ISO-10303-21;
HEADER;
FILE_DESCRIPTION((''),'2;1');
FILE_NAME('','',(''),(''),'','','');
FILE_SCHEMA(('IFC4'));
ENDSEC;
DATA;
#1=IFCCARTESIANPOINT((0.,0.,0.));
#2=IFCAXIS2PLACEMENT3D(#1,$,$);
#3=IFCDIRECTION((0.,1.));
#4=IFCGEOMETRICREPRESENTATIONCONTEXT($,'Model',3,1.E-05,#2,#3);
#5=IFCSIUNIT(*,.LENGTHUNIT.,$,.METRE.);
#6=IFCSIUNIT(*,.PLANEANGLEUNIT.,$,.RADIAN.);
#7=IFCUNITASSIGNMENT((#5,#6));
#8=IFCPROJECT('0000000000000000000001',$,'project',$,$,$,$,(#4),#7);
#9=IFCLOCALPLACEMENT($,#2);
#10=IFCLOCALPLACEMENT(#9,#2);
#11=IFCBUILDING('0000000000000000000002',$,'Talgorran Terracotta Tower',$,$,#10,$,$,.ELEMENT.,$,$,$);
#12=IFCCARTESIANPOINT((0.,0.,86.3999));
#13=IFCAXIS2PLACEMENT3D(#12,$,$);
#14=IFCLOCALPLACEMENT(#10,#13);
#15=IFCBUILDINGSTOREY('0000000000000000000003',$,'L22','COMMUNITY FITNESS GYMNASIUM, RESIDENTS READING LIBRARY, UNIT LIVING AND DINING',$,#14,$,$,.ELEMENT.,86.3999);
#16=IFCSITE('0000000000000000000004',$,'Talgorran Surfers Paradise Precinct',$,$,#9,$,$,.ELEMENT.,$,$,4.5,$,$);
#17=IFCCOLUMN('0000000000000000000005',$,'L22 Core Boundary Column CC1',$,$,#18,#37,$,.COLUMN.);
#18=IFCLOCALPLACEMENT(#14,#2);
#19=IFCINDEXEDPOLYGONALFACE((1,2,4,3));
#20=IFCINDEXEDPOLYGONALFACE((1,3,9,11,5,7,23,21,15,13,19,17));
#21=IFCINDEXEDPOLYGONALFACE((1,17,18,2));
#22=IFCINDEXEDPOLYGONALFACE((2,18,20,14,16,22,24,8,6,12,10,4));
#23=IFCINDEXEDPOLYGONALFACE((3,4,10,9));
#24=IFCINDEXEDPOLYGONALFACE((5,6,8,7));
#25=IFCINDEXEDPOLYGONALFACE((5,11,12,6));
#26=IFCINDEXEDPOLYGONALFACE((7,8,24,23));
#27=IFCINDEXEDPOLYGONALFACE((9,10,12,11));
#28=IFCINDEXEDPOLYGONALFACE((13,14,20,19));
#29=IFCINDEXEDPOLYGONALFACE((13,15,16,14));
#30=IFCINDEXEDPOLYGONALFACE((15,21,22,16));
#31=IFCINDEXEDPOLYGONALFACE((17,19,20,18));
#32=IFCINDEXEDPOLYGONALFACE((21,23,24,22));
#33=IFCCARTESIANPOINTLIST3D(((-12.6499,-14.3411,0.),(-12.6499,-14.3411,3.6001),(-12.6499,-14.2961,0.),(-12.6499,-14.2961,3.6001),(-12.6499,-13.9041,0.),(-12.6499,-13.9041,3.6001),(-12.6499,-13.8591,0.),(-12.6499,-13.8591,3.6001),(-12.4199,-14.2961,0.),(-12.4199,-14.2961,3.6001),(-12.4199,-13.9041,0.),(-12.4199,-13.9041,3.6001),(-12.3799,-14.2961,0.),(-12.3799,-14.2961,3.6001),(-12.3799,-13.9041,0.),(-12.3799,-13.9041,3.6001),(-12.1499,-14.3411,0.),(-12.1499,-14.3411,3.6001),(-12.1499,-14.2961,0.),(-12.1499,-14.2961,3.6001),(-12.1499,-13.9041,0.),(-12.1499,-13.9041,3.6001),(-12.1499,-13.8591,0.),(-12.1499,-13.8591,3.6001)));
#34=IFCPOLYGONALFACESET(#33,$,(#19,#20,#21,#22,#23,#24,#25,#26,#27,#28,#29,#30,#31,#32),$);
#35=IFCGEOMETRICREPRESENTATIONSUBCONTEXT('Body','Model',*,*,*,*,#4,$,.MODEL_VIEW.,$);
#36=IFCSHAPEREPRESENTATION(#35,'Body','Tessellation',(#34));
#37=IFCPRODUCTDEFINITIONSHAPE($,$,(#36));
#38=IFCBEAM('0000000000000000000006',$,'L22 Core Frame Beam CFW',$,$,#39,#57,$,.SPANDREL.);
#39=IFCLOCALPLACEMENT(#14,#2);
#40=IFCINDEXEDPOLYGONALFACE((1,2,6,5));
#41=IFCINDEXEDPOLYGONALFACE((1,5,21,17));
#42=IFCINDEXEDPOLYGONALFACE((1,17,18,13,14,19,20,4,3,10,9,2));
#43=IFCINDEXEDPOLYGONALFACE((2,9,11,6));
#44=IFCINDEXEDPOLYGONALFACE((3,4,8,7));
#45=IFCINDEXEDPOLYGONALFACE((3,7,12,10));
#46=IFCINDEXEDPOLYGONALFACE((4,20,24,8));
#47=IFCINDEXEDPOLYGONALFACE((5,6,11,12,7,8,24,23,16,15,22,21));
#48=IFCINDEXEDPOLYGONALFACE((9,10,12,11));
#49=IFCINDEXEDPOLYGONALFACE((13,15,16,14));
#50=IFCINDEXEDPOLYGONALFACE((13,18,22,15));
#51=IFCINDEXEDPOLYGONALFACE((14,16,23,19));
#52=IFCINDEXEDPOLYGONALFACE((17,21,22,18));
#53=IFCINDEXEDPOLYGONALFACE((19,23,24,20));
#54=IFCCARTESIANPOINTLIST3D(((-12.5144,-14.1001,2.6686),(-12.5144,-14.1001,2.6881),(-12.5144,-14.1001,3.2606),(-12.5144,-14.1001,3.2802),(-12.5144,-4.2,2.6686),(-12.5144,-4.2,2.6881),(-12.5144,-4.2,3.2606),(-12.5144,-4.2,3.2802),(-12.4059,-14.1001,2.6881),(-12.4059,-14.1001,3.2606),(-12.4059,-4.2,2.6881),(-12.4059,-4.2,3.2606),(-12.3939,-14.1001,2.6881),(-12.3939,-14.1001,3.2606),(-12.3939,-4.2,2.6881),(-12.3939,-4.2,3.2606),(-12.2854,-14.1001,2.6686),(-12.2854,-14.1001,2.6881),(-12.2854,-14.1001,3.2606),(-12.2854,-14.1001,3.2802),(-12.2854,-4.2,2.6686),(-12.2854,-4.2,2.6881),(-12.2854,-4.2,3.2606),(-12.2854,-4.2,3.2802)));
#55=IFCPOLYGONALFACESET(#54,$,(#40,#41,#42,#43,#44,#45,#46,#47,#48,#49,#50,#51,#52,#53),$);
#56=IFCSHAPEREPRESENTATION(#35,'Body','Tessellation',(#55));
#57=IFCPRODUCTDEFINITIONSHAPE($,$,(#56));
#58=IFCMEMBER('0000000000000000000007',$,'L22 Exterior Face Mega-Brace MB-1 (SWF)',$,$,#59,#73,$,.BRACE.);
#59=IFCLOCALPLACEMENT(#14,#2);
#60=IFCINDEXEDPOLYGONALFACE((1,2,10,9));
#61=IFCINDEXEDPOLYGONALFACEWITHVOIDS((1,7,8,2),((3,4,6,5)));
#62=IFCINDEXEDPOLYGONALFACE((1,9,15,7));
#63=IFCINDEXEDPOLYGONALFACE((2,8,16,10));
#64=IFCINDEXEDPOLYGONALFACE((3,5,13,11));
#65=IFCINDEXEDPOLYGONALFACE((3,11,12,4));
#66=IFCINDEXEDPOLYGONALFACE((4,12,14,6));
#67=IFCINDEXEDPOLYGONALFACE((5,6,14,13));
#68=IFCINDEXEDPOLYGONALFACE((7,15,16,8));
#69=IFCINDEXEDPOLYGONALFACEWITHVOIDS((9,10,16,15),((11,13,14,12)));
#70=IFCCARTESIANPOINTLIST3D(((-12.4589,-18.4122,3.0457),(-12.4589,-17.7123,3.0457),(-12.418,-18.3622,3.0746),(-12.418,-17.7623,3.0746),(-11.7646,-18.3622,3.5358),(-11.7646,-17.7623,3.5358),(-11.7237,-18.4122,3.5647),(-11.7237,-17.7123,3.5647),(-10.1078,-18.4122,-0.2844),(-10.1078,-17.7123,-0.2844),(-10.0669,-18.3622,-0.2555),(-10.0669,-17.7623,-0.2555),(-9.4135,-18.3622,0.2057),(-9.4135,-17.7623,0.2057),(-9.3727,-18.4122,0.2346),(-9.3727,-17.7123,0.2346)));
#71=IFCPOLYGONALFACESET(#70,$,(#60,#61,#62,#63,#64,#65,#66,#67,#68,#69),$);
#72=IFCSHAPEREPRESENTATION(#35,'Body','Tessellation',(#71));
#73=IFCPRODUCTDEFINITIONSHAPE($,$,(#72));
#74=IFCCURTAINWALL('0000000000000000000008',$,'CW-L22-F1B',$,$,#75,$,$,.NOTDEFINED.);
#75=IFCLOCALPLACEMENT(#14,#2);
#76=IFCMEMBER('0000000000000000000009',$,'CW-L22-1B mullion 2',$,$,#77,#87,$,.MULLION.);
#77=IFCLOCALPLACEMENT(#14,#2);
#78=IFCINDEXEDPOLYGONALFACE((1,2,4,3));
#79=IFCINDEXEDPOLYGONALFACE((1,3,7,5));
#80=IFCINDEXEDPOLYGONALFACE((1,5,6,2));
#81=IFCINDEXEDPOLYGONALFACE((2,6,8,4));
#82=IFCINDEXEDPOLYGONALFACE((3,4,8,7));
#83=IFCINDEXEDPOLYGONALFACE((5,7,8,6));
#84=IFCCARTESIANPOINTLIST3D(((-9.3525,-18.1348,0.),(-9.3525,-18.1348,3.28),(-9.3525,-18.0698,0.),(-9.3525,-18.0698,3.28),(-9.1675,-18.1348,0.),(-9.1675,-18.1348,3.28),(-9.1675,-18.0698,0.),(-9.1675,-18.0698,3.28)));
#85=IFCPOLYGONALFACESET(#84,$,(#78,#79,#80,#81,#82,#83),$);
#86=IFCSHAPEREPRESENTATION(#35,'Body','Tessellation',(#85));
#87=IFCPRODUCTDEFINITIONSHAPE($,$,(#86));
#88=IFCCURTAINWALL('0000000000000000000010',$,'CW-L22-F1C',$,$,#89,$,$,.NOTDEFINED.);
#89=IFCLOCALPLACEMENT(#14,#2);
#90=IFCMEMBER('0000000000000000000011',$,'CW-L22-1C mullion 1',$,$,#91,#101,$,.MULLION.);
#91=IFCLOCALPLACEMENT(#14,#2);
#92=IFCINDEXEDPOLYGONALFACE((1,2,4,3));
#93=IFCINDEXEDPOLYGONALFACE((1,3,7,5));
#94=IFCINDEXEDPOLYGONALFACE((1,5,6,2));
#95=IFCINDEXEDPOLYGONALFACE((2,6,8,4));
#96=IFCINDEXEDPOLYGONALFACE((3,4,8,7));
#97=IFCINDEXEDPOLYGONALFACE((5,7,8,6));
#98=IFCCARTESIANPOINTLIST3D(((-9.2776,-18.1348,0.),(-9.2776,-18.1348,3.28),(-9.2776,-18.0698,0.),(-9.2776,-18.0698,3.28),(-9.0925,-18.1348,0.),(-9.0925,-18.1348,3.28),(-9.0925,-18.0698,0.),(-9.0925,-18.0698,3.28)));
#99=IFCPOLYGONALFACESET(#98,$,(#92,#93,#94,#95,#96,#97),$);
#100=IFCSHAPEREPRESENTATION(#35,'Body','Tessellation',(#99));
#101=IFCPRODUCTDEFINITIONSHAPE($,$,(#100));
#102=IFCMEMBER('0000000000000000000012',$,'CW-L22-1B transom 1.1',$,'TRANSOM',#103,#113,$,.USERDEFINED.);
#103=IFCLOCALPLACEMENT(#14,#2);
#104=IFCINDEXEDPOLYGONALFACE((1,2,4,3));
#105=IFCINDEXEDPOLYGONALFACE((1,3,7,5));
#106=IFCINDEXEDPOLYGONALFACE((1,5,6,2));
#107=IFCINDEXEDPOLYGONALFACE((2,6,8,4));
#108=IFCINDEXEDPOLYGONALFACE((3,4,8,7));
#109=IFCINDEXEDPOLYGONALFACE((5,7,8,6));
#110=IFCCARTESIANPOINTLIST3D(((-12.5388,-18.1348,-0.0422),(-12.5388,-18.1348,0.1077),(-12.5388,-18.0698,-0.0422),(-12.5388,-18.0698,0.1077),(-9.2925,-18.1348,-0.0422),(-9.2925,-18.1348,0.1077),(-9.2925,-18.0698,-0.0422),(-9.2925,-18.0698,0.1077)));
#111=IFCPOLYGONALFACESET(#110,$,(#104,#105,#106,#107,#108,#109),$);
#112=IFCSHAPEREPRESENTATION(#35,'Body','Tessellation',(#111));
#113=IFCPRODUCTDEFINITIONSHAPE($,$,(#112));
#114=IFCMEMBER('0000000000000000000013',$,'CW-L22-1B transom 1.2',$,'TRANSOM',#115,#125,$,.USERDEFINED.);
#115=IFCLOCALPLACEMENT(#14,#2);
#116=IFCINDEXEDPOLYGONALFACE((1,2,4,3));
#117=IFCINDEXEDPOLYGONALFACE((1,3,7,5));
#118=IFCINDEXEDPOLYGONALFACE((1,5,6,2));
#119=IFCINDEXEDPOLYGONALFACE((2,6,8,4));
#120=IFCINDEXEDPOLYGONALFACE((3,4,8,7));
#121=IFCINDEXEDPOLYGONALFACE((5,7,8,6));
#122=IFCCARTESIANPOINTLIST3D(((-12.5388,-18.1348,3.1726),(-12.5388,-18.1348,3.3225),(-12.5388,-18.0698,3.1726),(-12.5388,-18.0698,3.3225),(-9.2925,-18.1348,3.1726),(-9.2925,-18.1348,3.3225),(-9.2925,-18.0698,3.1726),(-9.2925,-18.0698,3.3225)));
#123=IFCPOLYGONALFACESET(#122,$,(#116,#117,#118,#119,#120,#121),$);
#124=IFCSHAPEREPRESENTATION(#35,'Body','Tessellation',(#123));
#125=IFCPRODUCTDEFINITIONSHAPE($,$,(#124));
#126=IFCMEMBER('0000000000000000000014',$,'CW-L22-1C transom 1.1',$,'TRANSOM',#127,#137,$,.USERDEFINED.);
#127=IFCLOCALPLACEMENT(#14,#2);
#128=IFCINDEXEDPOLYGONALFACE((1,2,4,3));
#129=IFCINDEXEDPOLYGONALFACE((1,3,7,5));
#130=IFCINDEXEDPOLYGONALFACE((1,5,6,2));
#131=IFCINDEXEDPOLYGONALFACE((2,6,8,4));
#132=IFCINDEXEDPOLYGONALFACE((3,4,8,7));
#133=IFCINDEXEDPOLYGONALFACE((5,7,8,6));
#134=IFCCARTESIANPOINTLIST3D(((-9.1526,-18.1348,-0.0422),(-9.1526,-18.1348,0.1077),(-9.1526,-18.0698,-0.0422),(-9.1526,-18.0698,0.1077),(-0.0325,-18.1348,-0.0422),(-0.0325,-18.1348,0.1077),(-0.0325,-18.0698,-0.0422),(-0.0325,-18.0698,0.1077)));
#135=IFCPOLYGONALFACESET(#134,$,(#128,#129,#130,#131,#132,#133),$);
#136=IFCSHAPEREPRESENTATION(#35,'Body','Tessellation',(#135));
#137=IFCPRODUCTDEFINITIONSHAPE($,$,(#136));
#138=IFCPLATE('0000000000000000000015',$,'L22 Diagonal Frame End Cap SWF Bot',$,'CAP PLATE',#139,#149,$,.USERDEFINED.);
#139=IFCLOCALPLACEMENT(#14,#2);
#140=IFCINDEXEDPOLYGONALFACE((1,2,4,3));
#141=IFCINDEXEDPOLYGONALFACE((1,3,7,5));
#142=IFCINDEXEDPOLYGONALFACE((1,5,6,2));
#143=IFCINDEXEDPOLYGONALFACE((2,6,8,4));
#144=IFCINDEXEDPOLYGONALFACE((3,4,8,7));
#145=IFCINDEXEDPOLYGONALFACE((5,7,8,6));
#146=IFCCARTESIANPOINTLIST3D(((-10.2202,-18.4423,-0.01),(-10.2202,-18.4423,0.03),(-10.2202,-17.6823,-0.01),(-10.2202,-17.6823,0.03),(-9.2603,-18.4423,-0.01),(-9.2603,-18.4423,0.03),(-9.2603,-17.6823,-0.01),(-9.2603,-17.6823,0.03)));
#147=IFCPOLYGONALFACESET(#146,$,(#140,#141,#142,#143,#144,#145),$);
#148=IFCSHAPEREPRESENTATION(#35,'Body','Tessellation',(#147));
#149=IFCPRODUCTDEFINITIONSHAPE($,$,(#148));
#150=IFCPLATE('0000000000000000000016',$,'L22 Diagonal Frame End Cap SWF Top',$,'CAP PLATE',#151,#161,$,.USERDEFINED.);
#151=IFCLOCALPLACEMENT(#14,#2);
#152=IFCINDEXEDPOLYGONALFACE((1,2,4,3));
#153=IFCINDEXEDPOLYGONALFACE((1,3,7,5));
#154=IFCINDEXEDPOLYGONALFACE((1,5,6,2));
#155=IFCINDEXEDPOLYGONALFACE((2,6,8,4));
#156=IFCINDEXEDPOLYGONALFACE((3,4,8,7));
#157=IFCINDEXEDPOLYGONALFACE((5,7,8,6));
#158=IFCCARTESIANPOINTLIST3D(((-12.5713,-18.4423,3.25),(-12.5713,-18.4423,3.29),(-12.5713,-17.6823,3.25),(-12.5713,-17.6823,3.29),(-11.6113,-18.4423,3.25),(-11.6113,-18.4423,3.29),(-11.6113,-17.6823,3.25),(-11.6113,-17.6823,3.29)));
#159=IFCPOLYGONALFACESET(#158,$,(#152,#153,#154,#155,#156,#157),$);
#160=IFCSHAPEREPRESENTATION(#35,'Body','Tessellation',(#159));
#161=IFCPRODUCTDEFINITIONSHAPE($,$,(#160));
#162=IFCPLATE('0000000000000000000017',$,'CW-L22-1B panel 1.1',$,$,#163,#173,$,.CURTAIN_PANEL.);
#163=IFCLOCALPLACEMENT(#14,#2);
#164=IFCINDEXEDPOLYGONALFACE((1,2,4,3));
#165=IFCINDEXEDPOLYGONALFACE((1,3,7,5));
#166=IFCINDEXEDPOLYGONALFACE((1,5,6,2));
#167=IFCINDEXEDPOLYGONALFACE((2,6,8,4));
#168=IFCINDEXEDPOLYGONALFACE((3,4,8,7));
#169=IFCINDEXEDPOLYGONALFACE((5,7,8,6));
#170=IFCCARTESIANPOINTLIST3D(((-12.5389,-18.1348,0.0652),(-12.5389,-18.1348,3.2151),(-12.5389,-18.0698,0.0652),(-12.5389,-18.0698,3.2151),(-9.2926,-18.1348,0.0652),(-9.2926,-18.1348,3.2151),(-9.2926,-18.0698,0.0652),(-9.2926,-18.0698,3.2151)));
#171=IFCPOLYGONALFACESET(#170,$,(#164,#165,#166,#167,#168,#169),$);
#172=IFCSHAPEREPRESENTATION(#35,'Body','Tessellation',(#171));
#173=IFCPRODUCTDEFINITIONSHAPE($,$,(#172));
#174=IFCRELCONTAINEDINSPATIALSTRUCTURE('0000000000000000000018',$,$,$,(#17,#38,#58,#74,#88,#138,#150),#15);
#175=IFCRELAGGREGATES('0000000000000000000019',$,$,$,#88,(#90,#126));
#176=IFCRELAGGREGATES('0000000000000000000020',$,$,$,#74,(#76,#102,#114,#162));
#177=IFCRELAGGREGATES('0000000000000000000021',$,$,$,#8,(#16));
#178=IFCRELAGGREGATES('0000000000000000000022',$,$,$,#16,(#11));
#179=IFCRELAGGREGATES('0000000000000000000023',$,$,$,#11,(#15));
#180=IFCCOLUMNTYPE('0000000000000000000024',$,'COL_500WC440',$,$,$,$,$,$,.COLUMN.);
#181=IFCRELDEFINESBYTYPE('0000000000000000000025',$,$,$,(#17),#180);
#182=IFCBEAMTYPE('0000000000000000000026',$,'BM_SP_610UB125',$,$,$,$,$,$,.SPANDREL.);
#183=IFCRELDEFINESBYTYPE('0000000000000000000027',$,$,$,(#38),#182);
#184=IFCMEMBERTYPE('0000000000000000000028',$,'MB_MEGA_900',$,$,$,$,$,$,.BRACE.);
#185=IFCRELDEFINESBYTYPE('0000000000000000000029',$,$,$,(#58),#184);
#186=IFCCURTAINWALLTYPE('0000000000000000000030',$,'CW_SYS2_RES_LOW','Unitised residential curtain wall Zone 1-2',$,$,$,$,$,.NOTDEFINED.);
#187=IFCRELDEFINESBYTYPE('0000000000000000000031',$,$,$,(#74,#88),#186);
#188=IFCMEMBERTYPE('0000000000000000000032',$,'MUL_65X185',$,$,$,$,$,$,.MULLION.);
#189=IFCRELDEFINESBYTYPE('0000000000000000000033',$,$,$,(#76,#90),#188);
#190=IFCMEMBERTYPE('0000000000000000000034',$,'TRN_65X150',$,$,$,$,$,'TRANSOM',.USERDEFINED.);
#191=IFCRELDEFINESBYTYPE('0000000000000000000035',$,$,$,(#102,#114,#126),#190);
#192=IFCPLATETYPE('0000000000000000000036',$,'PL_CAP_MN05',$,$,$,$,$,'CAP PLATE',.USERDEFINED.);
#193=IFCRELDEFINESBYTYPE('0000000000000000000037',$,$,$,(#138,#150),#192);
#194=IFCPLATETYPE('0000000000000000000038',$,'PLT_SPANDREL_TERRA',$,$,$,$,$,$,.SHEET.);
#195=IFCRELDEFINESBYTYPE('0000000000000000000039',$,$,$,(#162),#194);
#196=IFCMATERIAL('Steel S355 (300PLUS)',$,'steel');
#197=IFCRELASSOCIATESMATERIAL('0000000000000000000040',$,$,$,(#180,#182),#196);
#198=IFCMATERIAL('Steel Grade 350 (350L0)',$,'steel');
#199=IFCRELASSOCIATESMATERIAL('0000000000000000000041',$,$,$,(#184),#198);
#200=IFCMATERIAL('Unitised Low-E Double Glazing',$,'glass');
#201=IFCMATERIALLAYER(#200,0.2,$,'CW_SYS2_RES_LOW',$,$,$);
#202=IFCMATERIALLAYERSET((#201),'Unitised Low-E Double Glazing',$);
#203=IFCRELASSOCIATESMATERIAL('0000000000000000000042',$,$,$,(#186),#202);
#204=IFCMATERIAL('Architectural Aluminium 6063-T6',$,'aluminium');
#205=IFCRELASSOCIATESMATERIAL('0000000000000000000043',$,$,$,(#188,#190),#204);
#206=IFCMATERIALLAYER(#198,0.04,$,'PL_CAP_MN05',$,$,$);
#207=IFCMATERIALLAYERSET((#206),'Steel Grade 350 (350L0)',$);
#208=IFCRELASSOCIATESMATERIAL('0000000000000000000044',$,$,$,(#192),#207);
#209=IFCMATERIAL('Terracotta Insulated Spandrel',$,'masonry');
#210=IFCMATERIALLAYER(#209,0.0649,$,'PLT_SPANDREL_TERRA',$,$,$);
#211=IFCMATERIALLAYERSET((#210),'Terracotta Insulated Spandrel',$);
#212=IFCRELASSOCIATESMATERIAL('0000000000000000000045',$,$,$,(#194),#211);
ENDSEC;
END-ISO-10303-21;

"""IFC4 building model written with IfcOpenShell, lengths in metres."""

from ifc_helpers import new_model, si_unit, direction, frame, origin, origin_2d, place, context, subcontext, project, spatial, rectangle, hollow_rectangle, i_section, extrude, source, transform, mapped, material, layer, layer_set, material_profile, profile_set, type_object, type_shapes, element, aggregate, save


model = new_model("IFC4")

# Units and contexts
model_context = context("Model", 3, precision=1e-05, world=origin(), true_north=direction((0.0, 1.0)))
body_context = subcontext(model_context, "Body", "Model", "MODEL_VIEW")
ifc_project = project(units=[si_unit("LENGTHUNIT", "METRE"), si_unit("PLANEANGLEUNIT", "RADIAN")], contexts=[model_context])

# Site, building, storey
site_placement = place(None, origin())
site = spatial("IfcSite", under=ifc_project, at=site_placement, Name="Talgorran Surfers Paradise Precinct", CompositionType="ELEMENT", RefElevation=4.5)
building_placement = place(site_placement, origin())
building = spatial("IfcBuilding", under=site, at=building_placement, Name="Talgorran Terracotta Tower", CompositionType="ELEMENT")
storey_placement = place(building_placement, frame((0.0, 0.0, 86.3999)))
storey = spatial("IfcBuildingStorey", under=building, at=storey_placement, Name="L22", Description="COMMUNITY FITNESS GYMNASIUM, RESIDENTS READING LIBRARY, UNIT LIVING AND DINING", CompositionType="ELEMENT", Elevation=86.3999)

# Column
ifc_material_1 = material(Name="Steel S355 (300PLUS)", Category="steel")
ifc_material_profile_1 = material_profile(ifc_material_1, i_section(OverallWidth=0.5, OverallDepth=0.4819, WebThickness=0.04, FlangeThickness=0.0449, at=origin_2d()), Name="500WC440")
ifc_profile_set_1 = profile_set([ifc_material_profile_1], Name="Steel S355 (300PLUS)")
column_type = type_object("IfcColumnType", Name="COL_500WC440", PredefinedType="COLUMN", material=ifc_profile_set_1)
column_placement = place(storey_placement, frame((-12.3999, -14.1001, 0.0), z_axis=(0.0, 0.0, 1.0), x_axis=(1.0, 0.0, 0.0)))
element("IfcColumn", 1, at=column_placement, inside=storey, type_object=column_type, Name="L22 Core Boundary Column CC1", PredefinedType="COLUMN", context=body_context, shape_type="SweptSolid", body=[
    extrude(i_section(OverallWidth=0.5, OverallDepth=0.4819, WebThickness=0.04, FlangeThickness=0.0449, at=origin_2d()), origin(), (0.0, 0.0, 1.0), 3.6001),
])

# Beam
ifc_material_profile_2 = material_profile(ifc_material_1, i_section(OverallWidth=0.229, OverallDepth=0.6116, WebThickness=0.012, FlangeThickness=0.0195, at=origin_2d()), Name="610UB125")
ifc_profile_set_2 = profile_set([ifc_material_profile_2], Name="Steel S355 (300PLUS)")
beam_type = type_object("IfcBeamType", Name="BM_SP_610UB125", PredefinedType="SPANDREL", material=ifc_profile_set_2)
beam_placement = place(storey_placement, frame((-12.3999, -14.1001, 2.9744), z_axis=(0.0, 1.0, 0.0), x_axis=(-1.0, 0.0, 0.0)))
element("IfcBeam", 2, at=beam_placement, inside=storey, type_object=beam_type, Name="L22 Core Frame Beam CFW", PredefinedType="SPANDREL", context=body_context, shape_type="SweptSolid", body=[
    extrude(i_section(OverallWidth=0.229, OverallDepth=0.6116, WebThickness=0.012, FlangeThickness=0.0195, at=origin_2d()), origin(), (0.0, 0.0, 1.0), 9.9001),
])

# Member
ifc_material_2 = material(Name="Steel Grade 350 (350L0)", Category="steel")
ifc_material_profile_3 = material_profile(ifc_material_2, hollow_rectangle(XDim=0.7, YDim=0.8999, WallThickness=0.05, at=origin_2d()), Name="WBOX900X700X50")
ifc_profile_set_3 = profile_set([ifc_material_profile_3], Name="Steel Grade 350 (350L0)")
member_type_1 = type_object("IfcMemberType", Name="MB_MEGA_900", PredefinedType="BRACE", material=ifc_profile_set_3)
member_1_placement = place(storey_placement, frame((-9.7402, -18.0623, -0.0249), z_axis=(-0.576754, 0.0, 0.816918), x_axis=(0.0, -1.0, 0.0)))
element("IfcMember", 3, at=member_1_placement, inside=storey, type_object=member_type_1, Name="L22 Exterior Face Mega-Brace MB-1 (SWF)", PredefinedType="BRACE", context=body_context, shape_type="SweptSolid", body=[
    extrude(hollow_rectangle(XDim=0.7, YDim=0.8999, WallThickness=0.05, at=origin_2d()), origin(), (0.0, 0.0, 1.0), 4.0764),
])

# Curtain walls, members
ifc_material_3 = material(Name="Unitised Low-E Double Glazing", Category="glass")
ifc_layer_1 = layer(ifc_material_3, 0.2, Name="CW_SYS2_RES_LOW")
ifc_layer_set_1 = layer_set([ifc_layer_1], Name="Unitised Low-E Double Glazing")
curtain_wall_type = type_object("IfcCurtainWallType", Name="CW_SYS2_RES_LOW", Description="Unitised residential curtain wall Zone 1-2", PredefinedType="NOTDEFINED", material=ifc_layer_set_1)
curtain_wall_1_placement = place(storey_placement, origin())
curtain_wall_1 = element("IfcCurtainWall", 4, at=curtain_wall_1_placement, inside=storey, type_object=curtain_wall_type, Name="CW-L22-F1B", PredefinedType="NOTDEFINED")
ifc_material_4 = material(Name="Architectural Aluminium 6063-T6", Category="aluminium")
ifc_material_profile_4 = material_profile(ifc_material_4, rectangle(XDim=0.0649, YDim=0.1851, at=origin_2d()), Name="CWM65X185")
ifc_profile_set_4 = profile_set([ifc_material_profile_4], Name="Architectural Aluminium 6063-T6")
member_type_2 = type_object("IfcMemberType", Name="MUL_65X185", PredefinedType="MULLION", material=ifc_profile_set_4)
member_2_placement = place(storey_placement, frame((-9.26, -18.1023, 0.0), z_axis=(0.0, 0.0, 1.0), x_axis=(0.0, 1.0, 0.0)))
member_2 = element("IfcMember", 5, at=member_2_placement, type_object=member_type_2, Name="CW-L22-1B mullion 2", PredefinedType="MULLION", context=body_context, shape_type="SweptSolid", body=[
    extrude(rectangle(XDim=0.0649, YDim=0.1851, at=origin_2d()), origin(), (0.0, 0.0, 1.0), 3.28),
])
curtain_wall_2_placement = place(storey_placement, origin())
curtain_wall_2 = element("IfcCurtainWall", 6, at=curtain_wall_2_placement, inside=storey, type_object=curtain_wall_type, Name="CW-L22-F1C", PredefinedType="NOTDEFINED")
member_3_placement = place(storey_placement, frame((-9.1851, -18.1023, 0.0), z_axis=(0.0, 0.0, 1.0), x_axis=(0.0, 1.0, 0.0)))
member_3 = element("IfcMember", 7, at=member_3_placement, type_object=member_type_2, Name="CW-L22-1C mullion 1", PredefinedType="MULLION", context=body_context, shape_type="SweptSolid", body=[
    extrude(rectangle(XDim=0.0649, YDim=0.1851, at=origin_2d()), origin(), (0.0, 0.0, 1.0), 3.28),
])

# Members
ifc_material_profile_5 = material_profile(ifc_material_4, rectangle(XDim=0.0649, YDim=0.1499, at=origin_2d()), Name="CWT65X150")
ifc_profile_set_5 = profile_set([ifc_material_profile_5], Name="Architectural Aluminium 6063-T6")
member_type_3 = type_object("IfcMemberType", Name="TRN_65X150", ElementType="TRANSOM", PredefinedType="USERDEFINED", material=ifc_profile_set_5)
member_4_placement = place(storey_placement, frame((-12.5388, -18.1023, 0.0327), z_axis=(1.0, 0.0, 0.0), x_axis=(0.0, 1.0, 0.0)))
member_4 = element("IfcMember", 8, at=member_4_placement, type_object=member_type_3, Name="CW-L22-1B transom 1.1", ObjectType="TRANSOM", PredefinedType="USERDEFINED", context=body_context, shape_type="SweptSolid", body=[
    extrude(rectangle(XDim=0.0649, YDim=0.1499, at=origin_2d()), origin(), (0.0, 0.0, 1.0), 3.2463),
])
member_5_placement = place(storey_placement, frame((-12.5388, -18.1023, 3.2476), z_axis=(1.0, 0.0, 0.0), x_axis=(0.0, 1.0, 0.0)))
member_5 = element("IfcMember", 9, at=member_5_placement, type_object=member_type_3, Name="CW-L22-1B transom 1.2", ObjectType="TRANSOM", PredefinedType="USERDEFINED", context=body_context, shape_type="SweptSolid", body=[
    extrude(rectangle(XDim=0.0649, YDim=0.1499, at=origin_2d()), origin(), (0.0, 0.0, 1.0), 3.2463),
])
member_6_placement = place(storey_placement, frame((-9.1526, -18.1023, 0.0327), z_axis=(1.0, 0.0, 0.0), x_axis=(0.0, 1.0, 0.0)))
member_6 = element("IfcMember", 10, at=member_6_placement, type_object=member_type_3, Name="CW-L22-1C transom 1.1", ObjectType="TRANSOM", PredefinedType="USERDEFINED", context=body_context, shape_type="SweptSolid", body=[
    extrude(rectangle(XDim=0.0649, YDim=0.1499, at=origin_2d()), origin(), (0.0, 0.0, 1.0), 9.1201),
])
aggregate(curtain_wall_2, [member_3, member_6])

# Plates
ifc_layer_2 = layer(ifc_material_2, 0.04, Name="PL_CAP_MN05")
ifc_layer_set_2 = layer_set([ifc_layer_2], Name="Steel Grade 350 (350L0)")
plate_type_1 = type_object("IfcPlateType", Name="PL_CAP_MN05", ElementType="CAP PLATE", PredefinedType="USERDEFINED", material=ifc_layer_set_2)
for number, where, z_axis, x_axis, name in (
    (11, (-9.7402, -18.0623, -0.01), (0.0, 0.0, 1.0), (-1.0, 0.0, 0.0), "L22 Diagonal Frame End Cap SWF Bot"),
    (12, (-12.0913, -18.0623, 3.25), (0.0, 0.0, 1.0), (-1.0, 0.0, 0.0), "L22 Diagonal Frame End Cap SWF Top"),
):
    element("IfcPlate", number, at=place(storey_placement, frame(where, z_axis=z_axis, x_axis=x_axis)), inside=storey, type_object=plate_type_1, Name=name, ObjectType="CAP PLATE", PredefinedType="USERDEFINED", context=body_context, shape_type="SweptSolid", body=[
        extrude(rectangle(XDim=0.96, YDim=0.76, at=origin_2d()), origin(), (0.0, 0.0, 1.0), 0.04),
    ])

# Plate
ifc_material_5 = material(Name="Terracotta Insulated Spandrel", Category="masonry")
ifc_layer_3 = layer(ifc_material_5, 0.0649, Name="PLT_SPANDREL_TERRA")
ifc_layer_set_3 = layer_set([ifc_layer_3], Name="Terracotta Insulated Spandrel")
plate_type_2 = type_object("IfcPlateType", Name="PLT_SPANDREL_TERRA", PredefinedType="SHEET", material=ifc_layer_set_3)
shared_shape = source(origin(), body_context, "Body", "SweptSolid", [
    extrude(rectangle(XDim=3.2463, YDim=0.0649, at=origin_2d()), origin(), (0.0, 0.0, 1.0), 3.1499),
])
type_shapes(plate_type_2, [shared_shape])
plate_placement = place(storey_placement, frame((-10.9158, -18.1023, 0.0652), z_axis=(0.0, 0.0, 1.0), x_axis=(1.0, 0.0, 0.0)))
plate = element("IfcPlate", 13, at=plate_placement, type_object=plate_type_2, Name="CW-L22-1B panel 1.1", PredefinedType="CURTAIN_PANEL", context=body_context, shape_type="MappedRepresentation", body=[
    mapped(shared_shape, transform((0.0, 0.0, 0.0), scale=1.0)),
])
aggregate(curtain_wall_1, [member_2, member_4, member_5, plate])

save(model, "model.ifc")
